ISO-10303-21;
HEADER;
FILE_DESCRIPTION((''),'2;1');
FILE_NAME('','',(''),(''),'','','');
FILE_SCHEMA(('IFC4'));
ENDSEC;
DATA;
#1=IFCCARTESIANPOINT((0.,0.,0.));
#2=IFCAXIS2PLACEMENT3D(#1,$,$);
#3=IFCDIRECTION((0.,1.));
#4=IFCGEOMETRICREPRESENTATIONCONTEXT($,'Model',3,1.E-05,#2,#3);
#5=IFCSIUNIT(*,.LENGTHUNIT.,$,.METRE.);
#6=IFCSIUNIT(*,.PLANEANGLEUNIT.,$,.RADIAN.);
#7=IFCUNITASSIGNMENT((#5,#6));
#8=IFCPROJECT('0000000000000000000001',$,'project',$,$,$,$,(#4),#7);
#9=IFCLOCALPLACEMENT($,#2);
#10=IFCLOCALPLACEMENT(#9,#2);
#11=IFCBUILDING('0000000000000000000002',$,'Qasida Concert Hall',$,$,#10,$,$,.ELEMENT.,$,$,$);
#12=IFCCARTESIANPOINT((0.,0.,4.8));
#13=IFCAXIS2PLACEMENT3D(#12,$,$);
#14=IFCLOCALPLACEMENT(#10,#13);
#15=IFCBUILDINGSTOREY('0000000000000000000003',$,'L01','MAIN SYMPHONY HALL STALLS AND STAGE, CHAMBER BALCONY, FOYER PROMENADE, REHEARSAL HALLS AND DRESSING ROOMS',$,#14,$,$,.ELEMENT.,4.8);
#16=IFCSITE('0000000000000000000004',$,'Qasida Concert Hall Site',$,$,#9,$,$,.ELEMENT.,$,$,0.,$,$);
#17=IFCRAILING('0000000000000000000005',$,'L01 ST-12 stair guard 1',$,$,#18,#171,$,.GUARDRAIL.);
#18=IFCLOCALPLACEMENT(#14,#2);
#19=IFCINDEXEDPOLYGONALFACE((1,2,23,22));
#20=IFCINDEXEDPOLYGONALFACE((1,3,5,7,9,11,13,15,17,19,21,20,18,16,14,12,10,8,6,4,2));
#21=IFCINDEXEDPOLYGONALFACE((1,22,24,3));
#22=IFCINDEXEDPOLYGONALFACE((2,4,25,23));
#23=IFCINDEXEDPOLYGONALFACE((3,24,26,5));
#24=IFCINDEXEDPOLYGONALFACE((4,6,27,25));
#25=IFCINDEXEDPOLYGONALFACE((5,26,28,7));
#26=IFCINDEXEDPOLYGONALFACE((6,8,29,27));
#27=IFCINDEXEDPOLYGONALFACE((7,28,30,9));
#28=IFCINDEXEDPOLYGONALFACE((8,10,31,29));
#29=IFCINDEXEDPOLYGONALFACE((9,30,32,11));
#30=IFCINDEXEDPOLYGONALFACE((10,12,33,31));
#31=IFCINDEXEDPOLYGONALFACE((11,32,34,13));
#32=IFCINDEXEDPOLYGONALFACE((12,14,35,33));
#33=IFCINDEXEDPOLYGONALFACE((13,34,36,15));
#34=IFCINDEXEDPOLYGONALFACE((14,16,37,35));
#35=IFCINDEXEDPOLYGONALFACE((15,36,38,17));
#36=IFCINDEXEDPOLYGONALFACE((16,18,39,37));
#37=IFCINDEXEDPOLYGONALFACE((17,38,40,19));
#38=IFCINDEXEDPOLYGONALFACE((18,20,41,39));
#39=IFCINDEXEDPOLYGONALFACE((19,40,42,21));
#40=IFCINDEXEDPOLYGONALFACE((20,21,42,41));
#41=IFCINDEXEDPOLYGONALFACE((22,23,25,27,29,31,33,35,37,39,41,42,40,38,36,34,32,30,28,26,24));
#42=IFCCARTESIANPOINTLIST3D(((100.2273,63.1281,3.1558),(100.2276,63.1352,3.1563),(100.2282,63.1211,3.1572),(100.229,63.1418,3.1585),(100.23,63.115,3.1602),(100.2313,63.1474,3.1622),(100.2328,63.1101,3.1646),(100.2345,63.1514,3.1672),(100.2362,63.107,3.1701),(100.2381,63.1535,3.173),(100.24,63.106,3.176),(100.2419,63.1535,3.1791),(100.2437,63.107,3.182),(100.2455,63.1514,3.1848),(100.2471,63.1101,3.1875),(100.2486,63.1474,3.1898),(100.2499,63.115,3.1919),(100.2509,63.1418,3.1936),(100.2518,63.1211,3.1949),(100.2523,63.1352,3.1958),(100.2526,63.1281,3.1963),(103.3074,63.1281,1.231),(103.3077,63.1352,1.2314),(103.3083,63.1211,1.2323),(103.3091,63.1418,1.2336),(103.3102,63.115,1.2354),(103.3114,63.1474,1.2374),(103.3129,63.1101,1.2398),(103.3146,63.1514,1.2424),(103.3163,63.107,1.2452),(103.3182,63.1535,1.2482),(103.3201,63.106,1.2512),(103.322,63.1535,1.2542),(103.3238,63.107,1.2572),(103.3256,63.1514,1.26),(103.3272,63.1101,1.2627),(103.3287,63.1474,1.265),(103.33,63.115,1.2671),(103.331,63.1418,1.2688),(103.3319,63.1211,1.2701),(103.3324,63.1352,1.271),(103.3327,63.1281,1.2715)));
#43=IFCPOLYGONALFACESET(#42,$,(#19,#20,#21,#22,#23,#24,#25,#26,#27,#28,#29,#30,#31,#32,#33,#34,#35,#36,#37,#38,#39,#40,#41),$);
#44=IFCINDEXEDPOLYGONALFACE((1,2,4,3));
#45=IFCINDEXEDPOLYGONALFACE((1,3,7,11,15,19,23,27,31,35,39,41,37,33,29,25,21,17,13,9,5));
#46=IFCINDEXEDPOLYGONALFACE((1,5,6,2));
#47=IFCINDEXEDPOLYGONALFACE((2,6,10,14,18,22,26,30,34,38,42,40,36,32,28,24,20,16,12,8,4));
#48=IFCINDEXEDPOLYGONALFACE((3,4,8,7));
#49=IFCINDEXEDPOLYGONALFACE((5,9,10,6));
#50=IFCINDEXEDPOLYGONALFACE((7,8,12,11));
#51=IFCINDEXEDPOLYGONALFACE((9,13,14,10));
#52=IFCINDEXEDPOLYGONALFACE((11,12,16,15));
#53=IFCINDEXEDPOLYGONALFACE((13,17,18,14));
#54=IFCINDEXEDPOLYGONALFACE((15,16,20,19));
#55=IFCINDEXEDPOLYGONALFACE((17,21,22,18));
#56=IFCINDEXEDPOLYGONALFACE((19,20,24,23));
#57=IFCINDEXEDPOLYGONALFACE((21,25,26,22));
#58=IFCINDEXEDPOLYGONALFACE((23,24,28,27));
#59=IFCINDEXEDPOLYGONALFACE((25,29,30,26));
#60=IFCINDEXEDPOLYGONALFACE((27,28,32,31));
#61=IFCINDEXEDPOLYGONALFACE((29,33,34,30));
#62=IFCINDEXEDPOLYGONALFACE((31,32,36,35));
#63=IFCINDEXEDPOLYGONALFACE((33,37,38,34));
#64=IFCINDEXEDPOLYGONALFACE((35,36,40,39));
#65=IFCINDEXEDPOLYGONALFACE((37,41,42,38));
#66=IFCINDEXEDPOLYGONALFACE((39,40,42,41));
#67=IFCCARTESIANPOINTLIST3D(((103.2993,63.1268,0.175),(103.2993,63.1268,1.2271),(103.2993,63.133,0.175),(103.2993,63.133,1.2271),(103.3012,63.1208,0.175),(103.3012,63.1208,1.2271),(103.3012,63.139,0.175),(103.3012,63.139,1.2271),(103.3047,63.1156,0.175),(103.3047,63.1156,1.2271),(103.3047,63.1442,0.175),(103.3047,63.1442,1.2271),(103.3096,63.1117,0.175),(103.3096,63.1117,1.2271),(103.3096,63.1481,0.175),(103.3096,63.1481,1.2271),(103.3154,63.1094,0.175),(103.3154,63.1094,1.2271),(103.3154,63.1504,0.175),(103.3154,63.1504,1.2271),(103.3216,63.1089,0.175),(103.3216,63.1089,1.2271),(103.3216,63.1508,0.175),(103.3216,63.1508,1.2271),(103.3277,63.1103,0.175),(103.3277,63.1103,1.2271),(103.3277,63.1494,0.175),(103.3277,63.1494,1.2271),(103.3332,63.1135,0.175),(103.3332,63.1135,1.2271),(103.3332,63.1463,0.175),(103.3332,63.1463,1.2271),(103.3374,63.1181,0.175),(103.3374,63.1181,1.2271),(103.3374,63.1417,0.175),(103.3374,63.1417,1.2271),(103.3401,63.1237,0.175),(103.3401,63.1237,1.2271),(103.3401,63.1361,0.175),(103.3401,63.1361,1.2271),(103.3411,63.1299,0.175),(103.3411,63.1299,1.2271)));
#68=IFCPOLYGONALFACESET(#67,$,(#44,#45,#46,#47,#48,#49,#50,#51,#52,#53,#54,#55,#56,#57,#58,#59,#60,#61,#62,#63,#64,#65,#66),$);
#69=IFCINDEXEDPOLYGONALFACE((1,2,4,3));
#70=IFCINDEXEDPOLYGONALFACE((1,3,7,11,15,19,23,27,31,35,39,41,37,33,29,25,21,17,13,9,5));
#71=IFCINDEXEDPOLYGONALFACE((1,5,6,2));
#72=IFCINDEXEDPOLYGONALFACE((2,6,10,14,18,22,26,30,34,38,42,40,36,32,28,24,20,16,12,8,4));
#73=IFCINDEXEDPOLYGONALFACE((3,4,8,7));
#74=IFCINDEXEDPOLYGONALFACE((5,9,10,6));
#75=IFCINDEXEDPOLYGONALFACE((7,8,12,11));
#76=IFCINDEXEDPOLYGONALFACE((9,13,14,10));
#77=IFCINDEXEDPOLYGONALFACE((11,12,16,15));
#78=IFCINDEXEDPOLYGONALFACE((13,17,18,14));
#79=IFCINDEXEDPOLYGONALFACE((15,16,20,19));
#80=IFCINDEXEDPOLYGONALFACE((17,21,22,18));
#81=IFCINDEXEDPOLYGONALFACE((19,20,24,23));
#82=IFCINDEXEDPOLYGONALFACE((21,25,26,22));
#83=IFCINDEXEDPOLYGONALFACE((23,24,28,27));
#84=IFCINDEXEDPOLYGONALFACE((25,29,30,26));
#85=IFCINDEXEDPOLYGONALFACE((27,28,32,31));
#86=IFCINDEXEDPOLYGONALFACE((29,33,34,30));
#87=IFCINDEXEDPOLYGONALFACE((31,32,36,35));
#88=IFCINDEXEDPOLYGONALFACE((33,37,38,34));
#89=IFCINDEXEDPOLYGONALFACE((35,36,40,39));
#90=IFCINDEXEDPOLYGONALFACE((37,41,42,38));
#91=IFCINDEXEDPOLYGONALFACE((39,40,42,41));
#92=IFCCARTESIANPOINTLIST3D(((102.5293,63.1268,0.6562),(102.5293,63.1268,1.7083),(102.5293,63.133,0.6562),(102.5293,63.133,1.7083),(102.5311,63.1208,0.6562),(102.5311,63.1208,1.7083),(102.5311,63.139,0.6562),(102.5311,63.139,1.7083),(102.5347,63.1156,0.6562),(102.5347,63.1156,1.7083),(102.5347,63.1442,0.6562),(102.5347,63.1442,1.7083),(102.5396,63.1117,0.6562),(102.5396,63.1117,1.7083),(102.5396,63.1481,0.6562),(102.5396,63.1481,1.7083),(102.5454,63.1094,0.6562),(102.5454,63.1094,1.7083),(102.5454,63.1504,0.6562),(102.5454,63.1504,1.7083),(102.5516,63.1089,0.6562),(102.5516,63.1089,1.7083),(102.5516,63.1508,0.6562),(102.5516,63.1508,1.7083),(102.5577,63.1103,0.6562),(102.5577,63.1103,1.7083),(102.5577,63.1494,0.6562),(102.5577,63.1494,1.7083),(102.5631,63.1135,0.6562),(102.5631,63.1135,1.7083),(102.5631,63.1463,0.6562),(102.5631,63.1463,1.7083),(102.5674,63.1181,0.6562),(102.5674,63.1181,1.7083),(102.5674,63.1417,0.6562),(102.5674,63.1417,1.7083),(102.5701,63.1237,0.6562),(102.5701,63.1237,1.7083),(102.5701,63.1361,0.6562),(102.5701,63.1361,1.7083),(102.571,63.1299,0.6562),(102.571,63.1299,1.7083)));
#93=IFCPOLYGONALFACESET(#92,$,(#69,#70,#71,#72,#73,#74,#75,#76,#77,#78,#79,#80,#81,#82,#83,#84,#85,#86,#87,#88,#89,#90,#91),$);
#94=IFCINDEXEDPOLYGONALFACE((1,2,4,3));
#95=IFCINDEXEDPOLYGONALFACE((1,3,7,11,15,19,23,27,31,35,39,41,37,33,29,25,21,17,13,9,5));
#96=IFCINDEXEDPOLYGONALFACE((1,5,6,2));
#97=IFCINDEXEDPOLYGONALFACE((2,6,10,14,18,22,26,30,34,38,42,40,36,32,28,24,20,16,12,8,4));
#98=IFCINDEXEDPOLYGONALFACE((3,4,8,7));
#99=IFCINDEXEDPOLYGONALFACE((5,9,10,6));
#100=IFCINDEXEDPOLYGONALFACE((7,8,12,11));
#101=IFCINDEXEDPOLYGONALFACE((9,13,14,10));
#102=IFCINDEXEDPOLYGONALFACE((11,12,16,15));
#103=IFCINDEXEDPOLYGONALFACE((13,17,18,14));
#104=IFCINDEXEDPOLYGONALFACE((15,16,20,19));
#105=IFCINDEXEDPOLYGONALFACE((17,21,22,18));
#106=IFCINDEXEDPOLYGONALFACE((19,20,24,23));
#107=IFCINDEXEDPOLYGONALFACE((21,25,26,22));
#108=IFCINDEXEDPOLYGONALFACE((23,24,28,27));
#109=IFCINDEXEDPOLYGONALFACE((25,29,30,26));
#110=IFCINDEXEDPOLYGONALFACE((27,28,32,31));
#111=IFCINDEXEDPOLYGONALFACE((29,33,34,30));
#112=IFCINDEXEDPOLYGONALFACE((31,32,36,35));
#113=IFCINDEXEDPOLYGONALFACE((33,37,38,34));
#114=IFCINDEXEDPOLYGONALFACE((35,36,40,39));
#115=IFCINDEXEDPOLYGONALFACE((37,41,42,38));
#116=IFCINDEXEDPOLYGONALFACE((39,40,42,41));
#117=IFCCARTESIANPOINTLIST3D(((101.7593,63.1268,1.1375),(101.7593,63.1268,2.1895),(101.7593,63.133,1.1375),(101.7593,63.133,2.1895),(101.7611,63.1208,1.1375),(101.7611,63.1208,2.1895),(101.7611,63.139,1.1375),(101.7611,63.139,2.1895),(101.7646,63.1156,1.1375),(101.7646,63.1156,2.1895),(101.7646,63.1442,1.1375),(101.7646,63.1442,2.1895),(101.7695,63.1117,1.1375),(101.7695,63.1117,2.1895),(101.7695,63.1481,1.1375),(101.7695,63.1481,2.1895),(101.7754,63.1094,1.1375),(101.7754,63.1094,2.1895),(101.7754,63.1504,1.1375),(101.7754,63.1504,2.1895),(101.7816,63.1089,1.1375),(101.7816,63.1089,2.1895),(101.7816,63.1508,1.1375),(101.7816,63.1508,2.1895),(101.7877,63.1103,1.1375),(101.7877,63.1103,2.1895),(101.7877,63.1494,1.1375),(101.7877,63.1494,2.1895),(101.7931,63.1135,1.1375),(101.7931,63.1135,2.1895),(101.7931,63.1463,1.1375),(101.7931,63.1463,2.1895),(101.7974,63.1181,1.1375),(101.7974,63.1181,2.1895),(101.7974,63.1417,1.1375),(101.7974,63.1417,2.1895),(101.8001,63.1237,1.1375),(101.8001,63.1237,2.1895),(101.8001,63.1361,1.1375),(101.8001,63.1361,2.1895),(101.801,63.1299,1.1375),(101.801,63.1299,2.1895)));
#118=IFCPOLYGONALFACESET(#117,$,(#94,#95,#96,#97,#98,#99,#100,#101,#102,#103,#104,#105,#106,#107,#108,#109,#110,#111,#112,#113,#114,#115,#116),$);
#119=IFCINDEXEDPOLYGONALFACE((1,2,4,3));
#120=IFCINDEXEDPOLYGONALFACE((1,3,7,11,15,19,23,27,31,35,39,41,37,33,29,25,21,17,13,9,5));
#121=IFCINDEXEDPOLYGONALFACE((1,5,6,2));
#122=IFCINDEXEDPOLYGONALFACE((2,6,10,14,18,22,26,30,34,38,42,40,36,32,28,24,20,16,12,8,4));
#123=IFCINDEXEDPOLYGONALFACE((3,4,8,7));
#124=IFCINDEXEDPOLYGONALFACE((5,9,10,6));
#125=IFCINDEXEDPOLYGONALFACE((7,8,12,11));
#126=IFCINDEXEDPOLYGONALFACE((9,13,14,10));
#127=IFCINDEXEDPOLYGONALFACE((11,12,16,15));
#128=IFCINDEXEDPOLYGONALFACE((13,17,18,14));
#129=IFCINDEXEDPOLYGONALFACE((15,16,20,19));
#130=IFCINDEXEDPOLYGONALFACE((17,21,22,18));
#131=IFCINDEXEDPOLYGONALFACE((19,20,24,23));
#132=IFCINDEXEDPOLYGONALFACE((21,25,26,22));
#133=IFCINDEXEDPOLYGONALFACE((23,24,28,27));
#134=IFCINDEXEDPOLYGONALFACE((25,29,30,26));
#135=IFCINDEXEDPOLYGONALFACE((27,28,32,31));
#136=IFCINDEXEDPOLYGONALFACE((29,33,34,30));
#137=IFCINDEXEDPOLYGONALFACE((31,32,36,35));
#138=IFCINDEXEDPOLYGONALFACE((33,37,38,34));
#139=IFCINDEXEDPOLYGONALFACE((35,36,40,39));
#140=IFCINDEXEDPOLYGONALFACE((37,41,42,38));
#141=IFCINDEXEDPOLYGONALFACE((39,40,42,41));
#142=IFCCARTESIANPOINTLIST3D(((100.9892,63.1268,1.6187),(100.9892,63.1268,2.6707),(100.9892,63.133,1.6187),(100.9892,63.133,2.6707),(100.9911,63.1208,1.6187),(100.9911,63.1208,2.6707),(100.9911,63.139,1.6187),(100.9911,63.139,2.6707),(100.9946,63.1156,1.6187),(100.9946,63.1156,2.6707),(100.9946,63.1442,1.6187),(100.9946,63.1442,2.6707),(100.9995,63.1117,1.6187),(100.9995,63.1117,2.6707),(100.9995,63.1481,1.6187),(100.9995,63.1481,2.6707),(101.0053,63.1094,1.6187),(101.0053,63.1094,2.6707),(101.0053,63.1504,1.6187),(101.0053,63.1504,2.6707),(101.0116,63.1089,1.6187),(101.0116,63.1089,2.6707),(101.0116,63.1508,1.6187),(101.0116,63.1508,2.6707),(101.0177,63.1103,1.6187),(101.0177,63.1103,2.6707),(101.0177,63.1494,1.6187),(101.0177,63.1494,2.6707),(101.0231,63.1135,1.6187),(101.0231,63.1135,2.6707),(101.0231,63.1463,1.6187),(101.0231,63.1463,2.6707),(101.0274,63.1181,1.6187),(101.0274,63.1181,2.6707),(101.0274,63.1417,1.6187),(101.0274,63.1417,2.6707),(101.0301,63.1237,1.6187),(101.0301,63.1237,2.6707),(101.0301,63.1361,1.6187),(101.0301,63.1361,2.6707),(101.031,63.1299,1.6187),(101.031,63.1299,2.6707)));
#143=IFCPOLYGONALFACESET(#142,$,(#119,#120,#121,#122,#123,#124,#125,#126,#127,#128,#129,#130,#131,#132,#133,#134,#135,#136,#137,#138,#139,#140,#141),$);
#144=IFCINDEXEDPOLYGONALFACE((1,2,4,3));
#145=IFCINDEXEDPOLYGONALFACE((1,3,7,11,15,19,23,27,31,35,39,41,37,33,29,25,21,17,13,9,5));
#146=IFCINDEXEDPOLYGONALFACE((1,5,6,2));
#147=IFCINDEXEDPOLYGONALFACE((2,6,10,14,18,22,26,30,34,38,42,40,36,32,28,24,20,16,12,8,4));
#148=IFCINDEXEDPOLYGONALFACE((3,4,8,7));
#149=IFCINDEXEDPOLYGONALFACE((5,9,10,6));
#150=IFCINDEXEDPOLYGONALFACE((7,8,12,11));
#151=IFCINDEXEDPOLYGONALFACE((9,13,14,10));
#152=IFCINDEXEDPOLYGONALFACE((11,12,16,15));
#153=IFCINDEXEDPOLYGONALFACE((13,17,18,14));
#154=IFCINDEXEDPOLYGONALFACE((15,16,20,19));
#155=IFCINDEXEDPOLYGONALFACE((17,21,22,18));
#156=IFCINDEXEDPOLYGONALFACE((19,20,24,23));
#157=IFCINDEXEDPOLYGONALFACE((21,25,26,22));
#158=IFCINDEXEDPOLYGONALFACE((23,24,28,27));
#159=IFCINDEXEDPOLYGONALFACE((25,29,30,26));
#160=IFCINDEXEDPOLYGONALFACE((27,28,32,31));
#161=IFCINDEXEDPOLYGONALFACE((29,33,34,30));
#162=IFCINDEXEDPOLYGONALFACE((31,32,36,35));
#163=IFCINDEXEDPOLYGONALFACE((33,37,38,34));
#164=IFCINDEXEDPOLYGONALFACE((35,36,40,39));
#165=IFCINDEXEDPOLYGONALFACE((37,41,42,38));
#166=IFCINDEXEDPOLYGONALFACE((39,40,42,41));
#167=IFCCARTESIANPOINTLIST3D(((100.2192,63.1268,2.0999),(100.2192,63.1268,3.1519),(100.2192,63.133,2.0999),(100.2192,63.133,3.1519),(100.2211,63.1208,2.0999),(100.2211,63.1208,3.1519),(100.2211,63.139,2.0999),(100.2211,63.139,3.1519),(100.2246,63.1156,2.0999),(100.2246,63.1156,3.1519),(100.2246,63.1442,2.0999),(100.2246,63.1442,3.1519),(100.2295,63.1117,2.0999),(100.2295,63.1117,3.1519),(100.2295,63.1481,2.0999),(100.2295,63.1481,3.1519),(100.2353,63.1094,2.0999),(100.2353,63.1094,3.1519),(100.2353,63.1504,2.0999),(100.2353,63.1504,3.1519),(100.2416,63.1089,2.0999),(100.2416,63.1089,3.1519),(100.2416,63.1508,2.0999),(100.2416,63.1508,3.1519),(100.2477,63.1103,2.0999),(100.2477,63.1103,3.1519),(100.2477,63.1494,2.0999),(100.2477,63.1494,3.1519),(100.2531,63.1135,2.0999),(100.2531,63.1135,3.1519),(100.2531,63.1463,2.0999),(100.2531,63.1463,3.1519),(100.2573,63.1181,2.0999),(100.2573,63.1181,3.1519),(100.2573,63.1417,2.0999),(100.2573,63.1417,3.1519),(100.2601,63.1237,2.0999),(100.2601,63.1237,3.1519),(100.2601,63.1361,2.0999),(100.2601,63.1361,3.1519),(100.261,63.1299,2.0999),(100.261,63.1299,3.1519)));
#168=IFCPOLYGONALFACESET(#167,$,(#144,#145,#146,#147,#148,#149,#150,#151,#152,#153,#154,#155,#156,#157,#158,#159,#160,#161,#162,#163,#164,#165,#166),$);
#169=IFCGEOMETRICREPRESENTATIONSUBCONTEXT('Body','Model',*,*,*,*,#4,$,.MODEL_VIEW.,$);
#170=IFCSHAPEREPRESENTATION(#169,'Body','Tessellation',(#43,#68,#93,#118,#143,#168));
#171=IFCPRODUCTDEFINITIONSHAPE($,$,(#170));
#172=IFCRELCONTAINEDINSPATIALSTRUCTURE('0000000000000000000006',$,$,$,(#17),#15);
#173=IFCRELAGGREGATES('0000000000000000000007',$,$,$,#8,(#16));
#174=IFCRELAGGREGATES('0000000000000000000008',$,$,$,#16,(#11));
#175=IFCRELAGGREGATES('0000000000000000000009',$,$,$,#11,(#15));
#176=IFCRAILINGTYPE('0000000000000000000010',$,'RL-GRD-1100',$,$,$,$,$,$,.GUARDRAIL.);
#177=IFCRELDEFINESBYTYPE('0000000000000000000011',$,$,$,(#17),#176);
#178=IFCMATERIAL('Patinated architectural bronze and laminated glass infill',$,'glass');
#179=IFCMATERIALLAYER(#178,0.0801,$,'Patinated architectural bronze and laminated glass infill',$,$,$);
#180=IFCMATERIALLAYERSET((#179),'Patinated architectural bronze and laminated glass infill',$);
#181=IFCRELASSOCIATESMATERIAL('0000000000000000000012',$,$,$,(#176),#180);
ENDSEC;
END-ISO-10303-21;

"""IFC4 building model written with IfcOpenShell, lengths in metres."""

from ifc_helpers import new_model, si_unit, direction, frame, origin, origin_2d, place, context, subcontext, project, spatial, circle, extrude, material, layer, layer_set, type_object, element, save


model = new_model("IFC4")

# Units and contexts
model_context = context("Model", 3, precision=1e-05, world=origin(), true_north=direction((0.0, 1.0)))
body_context = subcontext(model_context, "Body", "Model", "MODEL_VIEW")
ifc_project = project(units=[si_unit("LENGTHUNIT", "METRE"), si_unit("PLANEANGLEUNIT", "RADIAN")], contexts=[model_context])

# Site, building, storey
site_placement = place(None, origin())
site = spatial("IfcSite", under=ifc_project, at=site_placement, Name="Qasida Concert Hall Site", CompositionType="ELEMENT", RefElevation=0.0)
building_placement = place(site_placement, origin())
building = spatial("IfcBuilding", under=site, at=building_placement, Name="Qasida Concert Hall", CompositionType="ELEMENT")
storey_placement = place(building_placement, frame((0.0, 0.0, 4.8)))
storey = spatial("IfcBuildingStorey", under=building, at=storey_placement, Name="L01", Description="MAIN SYMPHONY HALL STALLS AND STAGE, CHAMBER BALCONY, FOYER PROMENADE, REHEARSAL HALLS AND DRESSING ROOMS", CompositionType="ELEMENT", Elevation=4.8)

# Railing
ifc_material_1 = material(Name="Patinated architectural bronze and laminated glass infill", Category="glass")
ifc_layer_1 = layer(ifc_material_1, 0.0801, Name="Patinated architectural bronze and laminated glass infill")
ifc_layer_set_1 = layer_set([ifc_layer_1], Name="Patinated architectural bronze and laminated glass infill")
railing_type_1 = type_object("IfcRailingType", Name="RL-GRD-1100", PredefinedType="GUARDRAIL", material=ifc_layer_set_1)
railing_1_placement = place(storey_placement, frame((103.3201, 63.1299, 0.175)))
element("IfcRailing", 1, at=railing_1_placement, inside=storey, type_object=railing_type_1, Name="L01 ST-12 stair guard 1", PredefinedType="GUARDRAIL", context=body_context, shape_type="SweptSolid", body=[
    extrude(circle(Radius=0.0239, at=origin_2d()), frame((0.0, 0.0, 1.0762), z_axis=(-0.848029, 0.0, 0.529951), x_axis=(0.0, -1.0, 0.0)), (0.0, 0.0, 1.0), 3.6321),
    extrude(circle(Radius=0.021, at=origin_2d()), origin(), (0.0, 0.0, 1.0), 1.052),
    extrude(circle(Radius=0.021, at=origin_2d()), frame((-0.77, 0.0, 0.4812)), (0.0, 0.0, 1.0), 1.052),
    extrude(circle(Radius=0.021, at=origin_2d()), frame((-1.54, 0.0, 0.9624)), (0.0, 0.0, 1.0), 1.052),
    extrude(circle(Radius=0.021, at=origin_2d()), frame((-2.3101, 0.0, 1.4436)), (0.0, 0.0, 1.0), 1.052),
    extrude(circle(Radius=0.021, at=origin_2d()), frame((-3.0801, 0.0, 1.9248)), (0.0, 0.0, 1.0), 1.052),
])

save(model, "model.ifc")
